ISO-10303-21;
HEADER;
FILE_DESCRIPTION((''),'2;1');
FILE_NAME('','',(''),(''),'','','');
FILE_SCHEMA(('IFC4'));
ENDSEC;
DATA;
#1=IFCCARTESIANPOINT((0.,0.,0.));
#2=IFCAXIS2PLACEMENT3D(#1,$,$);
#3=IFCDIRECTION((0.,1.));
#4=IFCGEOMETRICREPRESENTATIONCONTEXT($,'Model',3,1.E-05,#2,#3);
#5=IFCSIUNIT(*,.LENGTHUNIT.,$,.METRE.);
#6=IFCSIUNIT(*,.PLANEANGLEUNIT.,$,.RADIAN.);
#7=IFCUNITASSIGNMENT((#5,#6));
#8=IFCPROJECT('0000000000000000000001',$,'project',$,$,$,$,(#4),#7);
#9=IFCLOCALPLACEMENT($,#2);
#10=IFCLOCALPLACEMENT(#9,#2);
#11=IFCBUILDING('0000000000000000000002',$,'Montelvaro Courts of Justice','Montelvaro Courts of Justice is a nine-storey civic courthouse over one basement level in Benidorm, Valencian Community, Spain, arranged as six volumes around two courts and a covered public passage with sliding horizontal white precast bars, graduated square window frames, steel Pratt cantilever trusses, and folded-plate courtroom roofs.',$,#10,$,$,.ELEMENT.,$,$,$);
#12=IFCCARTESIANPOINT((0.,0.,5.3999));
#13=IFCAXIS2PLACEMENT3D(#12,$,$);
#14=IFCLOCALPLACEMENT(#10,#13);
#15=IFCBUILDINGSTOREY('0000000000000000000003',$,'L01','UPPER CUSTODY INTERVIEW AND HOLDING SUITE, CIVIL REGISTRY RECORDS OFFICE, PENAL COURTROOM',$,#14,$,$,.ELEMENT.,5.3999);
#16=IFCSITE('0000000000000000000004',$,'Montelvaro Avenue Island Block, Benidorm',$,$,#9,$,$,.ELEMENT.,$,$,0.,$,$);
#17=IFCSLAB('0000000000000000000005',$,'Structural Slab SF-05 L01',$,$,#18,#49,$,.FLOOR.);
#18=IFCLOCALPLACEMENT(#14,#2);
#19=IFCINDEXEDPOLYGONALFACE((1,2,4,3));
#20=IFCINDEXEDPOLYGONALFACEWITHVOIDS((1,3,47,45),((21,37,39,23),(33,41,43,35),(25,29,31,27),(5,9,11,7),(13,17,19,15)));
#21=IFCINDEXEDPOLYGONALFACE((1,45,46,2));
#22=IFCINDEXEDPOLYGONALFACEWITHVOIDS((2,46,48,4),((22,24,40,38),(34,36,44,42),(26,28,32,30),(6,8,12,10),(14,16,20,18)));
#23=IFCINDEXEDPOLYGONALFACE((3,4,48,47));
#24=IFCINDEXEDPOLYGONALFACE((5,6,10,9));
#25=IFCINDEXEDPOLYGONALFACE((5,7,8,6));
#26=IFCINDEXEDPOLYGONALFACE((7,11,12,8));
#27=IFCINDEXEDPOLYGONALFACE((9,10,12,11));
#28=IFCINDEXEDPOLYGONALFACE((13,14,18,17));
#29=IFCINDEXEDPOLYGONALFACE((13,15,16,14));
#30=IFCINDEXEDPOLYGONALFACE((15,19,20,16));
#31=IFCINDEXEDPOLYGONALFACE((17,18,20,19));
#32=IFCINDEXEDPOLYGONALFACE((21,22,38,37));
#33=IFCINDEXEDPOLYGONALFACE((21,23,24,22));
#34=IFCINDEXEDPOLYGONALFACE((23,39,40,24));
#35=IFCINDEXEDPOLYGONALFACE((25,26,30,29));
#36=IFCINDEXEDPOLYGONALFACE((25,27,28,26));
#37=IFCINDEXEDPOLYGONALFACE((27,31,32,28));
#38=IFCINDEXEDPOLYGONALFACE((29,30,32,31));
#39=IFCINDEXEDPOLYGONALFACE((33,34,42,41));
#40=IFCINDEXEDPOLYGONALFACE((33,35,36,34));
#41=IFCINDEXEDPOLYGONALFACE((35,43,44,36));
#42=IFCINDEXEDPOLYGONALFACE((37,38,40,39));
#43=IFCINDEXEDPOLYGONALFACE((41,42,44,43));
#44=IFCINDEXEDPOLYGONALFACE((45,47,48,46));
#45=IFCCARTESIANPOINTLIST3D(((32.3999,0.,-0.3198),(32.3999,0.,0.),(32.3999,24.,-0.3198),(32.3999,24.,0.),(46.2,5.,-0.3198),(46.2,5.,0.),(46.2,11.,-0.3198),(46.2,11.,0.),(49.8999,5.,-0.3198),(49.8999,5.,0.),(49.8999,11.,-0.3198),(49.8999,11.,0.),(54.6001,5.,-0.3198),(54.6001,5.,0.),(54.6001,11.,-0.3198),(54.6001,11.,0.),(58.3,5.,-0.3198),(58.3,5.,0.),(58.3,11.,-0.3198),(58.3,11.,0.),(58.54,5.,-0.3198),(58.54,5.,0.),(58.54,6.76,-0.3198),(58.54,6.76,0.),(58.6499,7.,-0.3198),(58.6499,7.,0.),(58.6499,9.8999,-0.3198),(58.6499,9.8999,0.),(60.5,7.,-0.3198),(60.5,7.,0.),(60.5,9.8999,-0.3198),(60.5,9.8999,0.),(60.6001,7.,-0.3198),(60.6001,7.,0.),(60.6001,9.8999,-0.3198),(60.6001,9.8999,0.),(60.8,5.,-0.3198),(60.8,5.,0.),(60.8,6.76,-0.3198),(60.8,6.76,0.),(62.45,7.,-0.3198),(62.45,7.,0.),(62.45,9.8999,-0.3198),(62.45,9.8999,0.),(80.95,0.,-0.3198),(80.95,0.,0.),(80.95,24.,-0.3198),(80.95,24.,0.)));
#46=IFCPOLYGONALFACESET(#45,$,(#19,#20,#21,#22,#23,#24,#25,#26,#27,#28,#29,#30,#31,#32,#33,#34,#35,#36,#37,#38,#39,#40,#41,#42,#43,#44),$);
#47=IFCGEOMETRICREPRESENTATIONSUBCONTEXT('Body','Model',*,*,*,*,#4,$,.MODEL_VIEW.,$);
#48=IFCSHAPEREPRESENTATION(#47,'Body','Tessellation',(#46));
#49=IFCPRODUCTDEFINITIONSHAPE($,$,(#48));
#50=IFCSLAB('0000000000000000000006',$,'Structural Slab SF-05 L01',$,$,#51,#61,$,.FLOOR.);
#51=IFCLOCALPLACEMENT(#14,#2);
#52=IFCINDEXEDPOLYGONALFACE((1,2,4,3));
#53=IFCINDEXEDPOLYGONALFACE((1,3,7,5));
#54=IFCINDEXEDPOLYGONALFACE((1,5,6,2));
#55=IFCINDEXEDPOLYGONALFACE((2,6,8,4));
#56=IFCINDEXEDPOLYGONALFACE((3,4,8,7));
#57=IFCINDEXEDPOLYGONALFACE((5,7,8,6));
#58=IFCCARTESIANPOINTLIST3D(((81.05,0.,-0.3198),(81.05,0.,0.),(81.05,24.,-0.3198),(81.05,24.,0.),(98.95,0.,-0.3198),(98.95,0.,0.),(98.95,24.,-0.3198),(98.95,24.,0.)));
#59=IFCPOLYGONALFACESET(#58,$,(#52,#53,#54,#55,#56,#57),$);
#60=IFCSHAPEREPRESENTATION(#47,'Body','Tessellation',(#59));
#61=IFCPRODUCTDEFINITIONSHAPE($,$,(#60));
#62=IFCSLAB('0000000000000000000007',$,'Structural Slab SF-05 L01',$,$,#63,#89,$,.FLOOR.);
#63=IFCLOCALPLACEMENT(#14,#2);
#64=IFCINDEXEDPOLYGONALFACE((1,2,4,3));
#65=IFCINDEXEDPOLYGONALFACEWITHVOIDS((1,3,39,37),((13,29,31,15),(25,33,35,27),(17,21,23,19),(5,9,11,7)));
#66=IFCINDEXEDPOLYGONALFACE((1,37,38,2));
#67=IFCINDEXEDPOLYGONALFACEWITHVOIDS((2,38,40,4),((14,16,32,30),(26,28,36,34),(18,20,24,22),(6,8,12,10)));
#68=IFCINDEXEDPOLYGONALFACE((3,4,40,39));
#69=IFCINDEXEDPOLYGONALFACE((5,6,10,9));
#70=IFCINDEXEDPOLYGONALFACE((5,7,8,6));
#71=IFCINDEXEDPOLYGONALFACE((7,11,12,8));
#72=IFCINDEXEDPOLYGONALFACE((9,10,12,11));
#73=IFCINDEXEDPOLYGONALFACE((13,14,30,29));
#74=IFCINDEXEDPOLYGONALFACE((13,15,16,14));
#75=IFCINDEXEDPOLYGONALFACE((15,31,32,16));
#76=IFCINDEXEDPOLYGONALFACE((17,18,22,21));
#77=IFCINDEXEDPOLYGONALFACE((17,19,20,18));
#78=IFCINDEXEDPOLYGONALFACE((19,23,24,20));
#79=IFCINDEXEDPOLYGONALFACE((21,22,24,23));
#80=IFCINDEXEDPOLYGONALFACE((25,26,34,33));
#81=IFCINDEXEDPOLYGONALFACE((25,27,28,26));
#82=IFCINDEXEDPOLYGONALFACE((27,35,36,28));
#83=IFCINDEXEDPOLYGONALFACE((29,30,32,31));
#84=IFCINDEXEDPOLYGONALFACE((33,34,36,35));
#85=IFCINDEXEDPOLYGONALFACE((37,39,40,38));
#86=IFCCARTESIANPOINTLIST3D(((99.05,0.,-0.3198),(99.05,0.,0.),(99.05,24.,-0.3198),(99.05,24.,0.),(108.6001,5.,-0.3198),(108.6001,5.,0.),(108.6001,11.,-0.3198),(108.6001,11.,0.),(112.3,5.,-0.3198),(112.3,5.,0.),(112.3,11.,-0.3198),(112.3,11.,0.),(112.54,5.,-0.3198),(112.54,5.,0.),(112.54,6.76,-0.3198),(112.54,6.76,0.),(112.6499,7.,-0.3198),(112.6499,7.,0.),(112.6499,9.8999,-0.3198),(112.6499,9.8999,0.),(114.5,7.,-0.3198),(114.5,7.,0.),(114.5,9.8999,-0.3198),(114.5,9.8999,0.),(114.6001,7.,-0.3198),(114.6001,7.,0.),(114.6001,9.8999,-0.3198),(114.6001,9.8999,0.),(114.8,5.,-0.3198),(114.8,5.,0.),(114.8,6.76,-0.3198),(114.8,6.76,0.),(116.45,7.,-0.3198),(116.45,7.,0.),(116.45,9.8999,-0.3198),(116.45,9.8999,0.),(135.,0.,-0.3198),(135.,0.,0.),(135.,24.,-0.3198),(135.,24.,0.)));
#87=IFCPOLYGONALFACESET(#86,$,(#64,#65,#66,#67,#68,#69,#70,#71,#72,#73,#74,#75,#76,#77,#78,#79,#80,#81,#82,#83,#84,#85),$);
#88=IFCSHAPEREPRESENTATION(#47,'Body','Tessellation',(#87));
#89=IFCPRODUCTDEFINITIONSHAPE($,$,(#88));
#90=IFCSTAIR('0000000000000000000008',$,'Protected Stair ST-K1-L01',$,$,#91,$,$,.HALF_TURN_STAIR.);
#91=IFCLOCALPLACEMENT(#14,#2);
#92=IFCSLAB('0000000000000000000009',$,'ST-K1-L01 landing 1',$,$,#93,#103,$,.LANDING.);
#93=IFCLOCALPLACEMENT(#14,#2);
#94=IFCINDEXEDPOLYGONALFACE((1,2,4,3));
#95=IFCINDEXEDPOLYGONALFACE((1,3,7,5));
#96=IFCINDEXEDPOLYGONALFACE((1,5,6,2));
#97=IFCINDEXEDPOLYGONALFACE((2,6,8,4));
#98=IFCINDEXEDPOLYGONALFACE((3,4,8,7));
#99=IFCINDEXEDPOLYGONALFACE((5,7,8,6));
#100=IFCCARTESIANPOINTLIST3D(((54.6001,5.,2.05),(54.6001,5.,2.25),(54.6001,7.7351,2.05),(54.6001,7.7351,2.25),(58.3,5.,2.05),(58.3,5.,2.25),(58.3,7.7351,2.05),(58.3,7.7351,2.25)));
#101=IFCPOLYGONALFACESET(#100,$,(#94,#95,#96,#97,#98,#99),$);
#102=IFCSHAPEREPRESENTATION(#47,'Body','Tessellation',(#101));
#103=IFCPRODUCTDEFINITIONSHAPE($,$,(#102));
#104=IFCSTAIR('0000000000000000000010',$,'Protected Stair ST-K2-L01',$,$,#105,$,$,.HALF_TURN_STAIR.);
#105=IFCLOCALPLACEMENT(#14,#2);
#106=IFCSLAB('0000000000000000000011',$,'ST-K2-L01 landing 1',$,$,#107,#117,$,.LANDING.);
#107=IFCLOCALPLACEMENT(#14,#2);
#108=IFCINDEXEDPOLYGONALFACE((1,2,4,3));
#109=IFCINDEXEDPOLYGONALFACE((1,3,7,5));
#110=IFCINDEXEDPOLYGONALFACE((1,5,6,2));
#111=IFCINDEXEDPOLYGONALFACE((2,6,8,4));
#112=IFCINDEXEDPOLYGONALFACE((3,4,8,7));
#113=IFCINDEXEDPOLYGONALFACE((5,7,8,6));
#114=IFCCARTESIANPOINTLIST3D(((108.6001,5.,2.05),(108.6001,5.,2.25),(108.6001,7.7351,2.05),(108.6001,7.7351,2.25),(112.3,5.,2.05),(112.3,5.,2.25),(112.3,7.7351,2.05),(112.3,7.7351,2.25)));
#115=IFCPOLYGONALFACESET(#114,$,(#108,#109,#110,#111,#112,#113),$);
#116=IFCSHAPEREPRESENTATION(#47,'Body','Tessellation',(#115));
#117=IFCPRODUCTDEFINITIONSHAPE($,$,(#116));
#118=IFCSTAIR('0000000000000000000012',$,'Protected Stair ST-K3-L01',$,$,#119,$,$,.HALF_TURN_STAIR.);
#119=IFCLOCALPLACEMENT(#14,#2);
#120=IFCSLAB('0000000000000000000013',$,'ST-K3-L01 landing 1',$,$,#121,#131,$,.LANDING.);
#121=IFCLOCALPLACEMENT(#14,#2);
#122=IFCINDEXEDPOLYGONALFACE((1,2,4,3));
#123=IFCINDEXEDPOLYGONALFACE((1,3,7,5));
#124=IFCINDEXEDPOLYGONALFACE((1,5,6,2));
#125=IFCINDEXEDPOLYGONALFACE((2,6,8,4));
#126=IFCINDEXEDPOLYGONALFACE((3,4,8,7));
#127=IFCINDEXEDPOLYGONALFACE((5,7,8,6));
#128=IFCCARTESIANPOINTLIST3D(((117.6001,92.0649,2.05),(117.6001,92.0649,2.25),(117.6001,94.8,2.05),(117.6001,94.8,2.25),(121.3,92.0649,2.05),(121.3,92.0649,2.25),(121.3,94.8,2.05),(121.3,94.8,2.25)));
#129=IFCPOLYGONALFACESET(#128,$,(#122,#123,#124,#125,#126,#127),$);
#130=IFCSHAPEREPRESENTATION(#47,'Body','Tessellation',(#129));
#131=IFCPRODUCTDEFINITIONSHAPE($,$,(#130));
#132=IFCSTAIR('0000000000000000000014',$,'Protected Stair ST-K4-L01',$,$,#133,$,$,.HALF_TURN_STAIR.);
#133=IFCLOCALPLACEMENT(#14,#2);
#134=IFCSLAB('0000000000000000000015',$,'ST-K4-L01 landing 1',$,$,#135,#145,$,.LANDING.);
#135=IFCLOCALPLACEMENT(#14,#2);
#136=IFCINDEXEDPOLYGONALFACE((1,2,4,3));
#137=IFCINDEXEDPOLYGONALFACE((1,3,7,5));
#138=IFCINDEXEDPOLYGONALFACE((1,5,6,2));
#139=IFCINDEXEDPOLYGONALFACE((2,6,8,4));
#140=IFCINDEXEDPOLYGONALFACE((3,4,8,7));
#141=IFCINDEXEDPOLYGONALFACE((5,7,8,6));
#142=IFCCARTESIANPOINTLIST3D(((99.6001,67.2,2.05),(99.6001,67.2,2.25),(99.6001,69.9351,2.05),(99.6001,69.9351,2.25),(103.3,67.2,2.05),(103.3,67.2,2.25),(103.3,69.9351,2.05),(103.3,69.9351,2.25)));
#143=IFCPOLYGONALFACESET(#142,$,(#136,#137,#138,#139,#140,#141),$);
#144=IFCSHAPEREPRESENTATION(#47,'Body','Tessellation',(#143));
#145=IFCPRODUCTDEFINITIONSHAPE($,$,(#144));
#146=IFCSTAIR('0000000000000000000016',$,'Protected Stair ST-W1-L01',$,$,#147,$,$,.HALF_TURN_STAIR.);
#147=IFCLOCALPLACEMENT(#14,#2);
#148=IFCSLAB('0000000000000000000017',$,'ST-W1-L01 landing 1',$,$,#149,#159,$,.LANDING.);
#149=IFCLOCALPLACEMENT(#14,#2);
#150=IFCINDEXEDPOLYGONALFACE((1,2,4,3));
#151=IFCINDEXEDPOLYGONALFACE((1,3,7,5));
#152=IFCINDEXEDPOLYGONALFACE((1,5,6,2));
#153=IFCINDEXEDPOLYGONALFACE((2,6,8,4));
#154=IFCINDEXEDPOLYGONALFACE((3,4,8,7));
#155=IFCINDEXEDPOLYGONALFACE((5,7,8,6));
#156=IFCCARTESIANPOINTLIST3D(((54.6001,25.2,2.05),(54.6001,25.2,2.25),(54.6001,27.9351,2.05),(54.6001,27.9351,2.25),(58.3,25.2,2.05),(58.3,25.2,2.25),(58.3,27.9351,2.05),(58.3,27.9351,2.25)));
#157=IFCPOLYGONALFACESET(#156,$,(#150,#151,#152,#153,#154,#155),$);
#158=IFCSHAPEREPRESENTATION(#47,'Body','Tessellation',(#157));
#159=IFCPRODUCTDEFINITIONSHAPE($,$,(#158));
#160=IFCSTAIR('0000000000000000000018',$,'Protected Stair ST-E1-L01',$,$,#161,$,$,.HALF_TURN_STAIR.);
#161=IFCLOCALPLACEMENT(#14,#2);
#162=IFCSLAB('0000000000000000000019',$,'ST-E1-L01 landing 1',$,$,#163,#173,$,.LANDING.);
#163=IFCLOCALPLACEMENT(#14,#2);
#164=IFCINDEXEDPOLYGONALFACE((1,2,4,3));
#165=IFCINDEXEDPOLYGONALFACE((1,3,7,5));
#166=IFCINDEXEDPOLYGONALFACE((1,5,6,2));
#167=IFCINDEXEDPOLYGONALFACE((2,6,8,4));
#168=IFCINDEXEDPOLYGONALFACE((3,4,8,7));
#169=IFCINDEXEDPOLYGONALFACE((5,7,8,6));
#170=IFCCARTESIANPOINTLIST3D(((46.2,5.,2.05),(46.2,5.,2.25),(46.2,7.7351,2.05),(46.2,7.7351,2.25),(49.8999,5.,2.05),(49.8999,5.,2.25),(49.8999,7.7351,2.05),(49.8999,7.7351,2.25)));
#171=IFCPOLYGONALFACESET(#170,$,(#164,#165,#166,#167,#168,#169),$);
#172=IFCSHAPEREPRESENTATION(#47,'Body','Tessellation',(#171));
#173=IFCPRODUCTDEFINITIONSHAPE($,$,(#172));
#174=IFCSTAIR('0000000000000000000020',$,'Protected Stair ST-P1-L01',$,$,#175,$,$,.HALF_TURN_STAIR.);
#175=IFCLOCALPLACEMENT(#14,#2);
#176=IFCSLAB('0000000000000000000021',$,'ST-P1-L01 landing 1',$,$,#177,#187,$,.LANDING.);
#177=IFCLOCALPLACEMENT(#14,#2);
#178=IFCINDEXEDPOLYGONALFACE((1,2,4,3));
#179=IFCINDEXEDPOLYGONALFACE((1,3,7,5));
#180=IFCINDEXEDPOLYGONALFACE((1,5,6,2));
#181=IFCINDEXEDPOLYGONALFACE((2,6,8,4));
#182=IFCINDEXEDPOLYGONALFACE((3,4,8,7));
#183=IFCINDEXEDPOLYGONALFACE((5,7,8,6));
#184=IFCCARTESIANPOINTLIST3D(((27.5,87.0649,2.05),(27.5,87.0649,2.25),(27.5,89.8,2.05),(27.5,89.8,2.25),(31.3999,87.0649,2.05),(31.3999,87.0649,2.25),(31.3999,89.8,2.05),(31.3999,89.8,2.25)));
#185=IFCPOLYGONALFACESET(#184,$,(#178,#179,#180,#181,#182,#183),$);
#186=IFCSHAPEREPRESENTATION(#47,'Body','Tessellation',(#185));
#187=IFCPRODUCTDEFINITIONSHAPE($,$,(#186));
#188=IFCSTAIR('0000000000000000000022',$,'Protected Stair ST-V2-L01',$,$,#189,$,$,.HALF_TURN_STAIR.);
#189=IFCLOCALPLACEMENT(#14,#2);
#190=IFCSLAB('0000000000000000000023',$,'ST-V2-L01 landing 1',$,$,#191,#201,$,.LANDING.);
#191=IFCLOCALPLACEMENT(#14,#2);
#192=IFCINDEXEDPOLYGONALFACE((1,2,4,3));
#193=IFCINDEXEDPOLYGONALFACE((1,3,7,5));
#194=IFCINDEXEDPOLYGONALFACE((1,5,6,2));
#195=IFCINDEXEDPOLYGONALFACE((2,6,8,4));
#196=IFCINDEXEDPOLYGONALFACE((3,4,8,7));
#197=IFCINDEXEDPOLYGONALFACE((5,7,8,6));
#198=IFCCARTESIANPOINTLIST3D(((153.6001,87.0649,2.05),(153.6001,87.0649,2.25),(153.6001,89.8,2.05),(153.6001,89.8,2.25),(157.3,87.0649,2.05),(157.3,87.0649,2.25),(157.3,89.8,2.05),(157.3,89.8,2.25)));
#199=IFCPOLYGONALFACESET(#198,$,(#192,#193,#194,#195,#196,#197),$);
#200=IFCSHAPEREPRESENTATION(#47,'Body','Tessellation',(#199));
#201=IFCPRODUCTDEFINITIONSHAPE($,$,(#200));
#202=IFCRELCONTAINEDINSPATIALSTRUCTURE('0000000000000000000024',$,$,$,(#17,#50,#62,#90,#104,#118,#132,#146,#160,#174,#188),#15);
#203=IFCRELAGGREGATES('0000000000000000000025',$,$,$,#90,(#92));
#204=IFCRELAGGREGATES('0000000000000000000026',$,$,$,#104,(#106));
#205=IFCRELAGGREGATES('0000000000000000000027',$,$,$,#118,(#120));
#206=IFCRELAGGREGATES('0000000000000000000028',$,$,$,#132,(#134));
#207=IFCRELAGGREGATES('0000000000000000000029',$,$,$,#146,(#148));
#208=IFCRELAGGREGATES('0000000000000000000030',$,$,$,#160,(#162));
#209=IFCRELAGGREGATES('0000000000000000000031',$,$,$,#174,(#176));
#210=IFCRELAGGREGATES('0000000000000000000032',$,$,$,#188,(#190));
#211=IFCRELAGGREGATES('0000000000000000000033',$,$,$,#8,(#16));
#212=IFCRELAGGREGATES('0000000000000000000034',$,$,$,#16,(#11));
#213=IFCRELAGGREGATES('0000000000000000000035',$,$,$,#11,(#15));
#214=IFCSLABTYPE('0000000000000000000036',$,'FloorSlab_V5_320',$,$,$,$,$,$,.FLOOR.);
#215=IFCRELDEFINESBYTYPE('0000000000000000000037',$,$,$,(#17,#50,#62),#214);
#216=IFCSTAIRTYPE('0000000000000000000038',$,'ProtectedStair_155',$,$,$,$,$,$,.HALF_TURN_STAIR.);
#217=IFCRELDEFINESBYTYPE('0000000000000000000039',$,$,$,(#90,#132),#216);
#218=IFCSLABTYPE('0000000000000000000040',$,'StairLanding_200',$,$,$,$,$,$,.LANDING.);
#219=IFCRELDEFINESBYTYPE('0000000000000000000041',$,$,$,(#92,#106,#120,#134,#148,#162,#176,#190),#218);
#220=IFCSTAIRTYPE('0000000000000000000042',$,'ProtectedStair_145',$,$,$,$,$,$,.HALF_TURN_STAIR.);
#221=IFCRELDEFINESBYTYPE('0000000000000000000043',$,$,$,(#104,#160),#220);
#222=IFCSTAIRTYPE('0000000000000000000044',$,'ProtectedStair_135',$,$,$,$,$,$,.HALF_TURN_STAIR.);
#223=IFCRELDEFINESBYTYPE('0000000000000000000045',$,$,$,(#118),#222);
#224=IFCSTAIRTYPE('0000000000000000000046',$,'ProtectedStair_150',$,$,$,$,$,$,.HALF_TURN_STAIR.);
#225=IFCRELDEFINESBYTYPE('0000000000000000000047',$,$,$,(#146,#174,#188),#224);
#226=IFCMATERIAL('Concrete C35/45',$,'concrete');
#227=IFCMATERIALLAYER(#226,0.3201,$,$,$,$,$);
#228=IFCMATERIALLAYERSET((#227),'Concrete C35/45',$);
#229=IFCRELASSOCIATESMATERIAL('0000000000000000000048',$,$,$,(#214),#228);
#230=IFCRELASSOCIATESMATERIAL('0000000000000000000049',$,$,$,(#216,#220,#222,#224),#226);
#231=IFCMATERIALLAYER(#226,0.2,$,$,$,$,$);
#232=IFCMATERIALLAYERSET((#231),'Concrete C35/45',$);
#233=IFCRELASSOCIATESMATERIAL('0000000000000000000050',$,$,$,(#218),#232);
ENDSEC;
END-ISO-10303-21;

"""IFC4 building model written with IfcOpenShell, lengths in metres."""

from ifc_helpers import new_model, si_unit, direction, frame, origin, place, context, subcontext, project, spatial, polyline, outline, extrude, material, layer, layer_set, type_object, element, aggregate, save


model = new_model("IFC4")

# Units and contexts
model_context = context("Model", 3, precision=1e-05, world=origin(), true_north=direction((0.0, 1.0)))
body_context = subcontext(model_context, "Body", "Model", "MODEL_VIEW")
ifc_project = project(units=[si_unit("LENGTHUNIT", "METRE"), si_unit("PLANEANGLEUNIT", "RADIAN")], contexts=[model_context])

# Site, building, storey
site_placement = place(None, origin())
site = spatial("IfcSite", under=ifc_project, at=site_placement, Name="Montelvaro Avenue Island Block, Benidorm", CompositionType="ELEMENT", RefElevation=0.0)
building_placement = place(site_placement, origin())
building = spatial("IfcBuilding", under=site, at=building_placement, Name="Montelvaro Courts of Justice", Description="Montelvaro Courts of Justice is a nine-storey civic courthouse over one basement level in Benidorm, Valencian Community, Spain, arranged as six volumes around two courts and a covered public passage with sliding horizontal white precast bars, graduated square window frames, steel Pratt cantilever trusses, and folded-plate courtroom roofs.", CompositionType="ELEMENT")
storey_placement = place(building_placement, frame((0.0, 0.0, 5.3999)))
storey = spatial("IfcBuildingStorey", under=building, at=storey_placement, Name="L01", Description="UPPER CUSTODY INTERVIEW AND HOLDING SUITE, CIVIL REGISTRY RECORDS OFFICE, PENAL COURTROOM", CompositionType="ELEMENT", Elevation=5.3999)

# Slabs
ifc_material_1 = material(Name="Concrete C35/45", Category="concrete")
ifc_layer_1 = layer(ifc_material_1, 0.3201)
ifc_layer_set_1 = layer_set([ifc_layer_1], Name="Concrete C35/45")
slab_type_1 = type_object("IfcSlabType", Name="FloorSlab_V5_320", PredefinedType="FLOOR", material=ifc_layer_set_1)
slab_1_placement = place(storey_placement, frame((0.0, 0.0, -0.3198)))
element("IfcSlab", 1, at=slab_1_placement, inside=storey, type_object=slab_type_1, Name="Structural Slab SF-05 L01", PredefinedType="FLOOR", context=body_context, shape_type="SweptSolid", body=[
    extrude(outline(polyline([(32.3999, 0.0), (80.95, 0.0), (80.95, 24.0), (32.3999, 24.0), (32.3999, 0.0)]), holes=[polyline([(54.6001, 5.0), (58.3, 5.0), (58.3, 11.0), (54.6001, 11.0), (54.6001, 5.0)]), polyline([(58.54, 5.0), (60.8, 5.0), (60.8, 6.76), (58.54, 6.76), (58.54, 5.0)]), polyline([(58.6499, 7.0), (60.5, 7.0), (60.5, 9.8999), (58.6499, 9.8999), (58.6499, 7.0)]), polyline([(60.6001, 7.0), (62.45, 7.0), (62.45, 9.8999), (60.6001, 9.8999), (60.6001, 7.0)]), polyline([(46.2, 5.0), (49.8999, 5.0), (49.8999, 11.0), (46.2, 11.0), (46.2, 5.0)])]), origin(), (0.0, 0.0, 1.0), 0.3198),
])
slab_2_placement = place(storey_placement, frame((0.0, 0.0, -0.3198)))
element("IfcSlab", 2, at=slab_2_placement, inside=storey, type_object=slab_type_1, Name="Structural Slab SF-05 L01", PredefinedType="FLOOR", context=body_context, shape_type="SweptSolid", body=[
    extrude(outline(polyline([(81.05, 0.0), (98.95, 0.0), (98.95, 24.0), (81.05, 24.0), (81.05, 0.0)])), origin(), (0.0, 0.0, 1.0), 0.3198),
])
slab_3_placement = place(storey_placement, frame((0.0, 0.0, -0.3198)))
element("IfcSlab", 3, at=slab_3_placement, inside=storey, type_object=slab_type_1, Name="Structural Slab SF-05 L01", PredefinedType="FLOOR", context=body_context, shape_type="SweptSolid", body=[
    extrude(outline(polyline([(99.05, 0.0), (135.0, 0.0), (135.0, 24.0), (99.05, 24.0), (99.05, 0.0)]), holes=[polyline([(108.6001, 5.0), (112.3, 5.0), (112.3, 11.0), (108.6001, 11.0), (108.6001, 5.0)]), polyline([(112.54, 5.0), (114.8, 5.0), (114.8, 6.76), (112.54, 6.76), (112.54, 5.0)]), polyline([(112.6499, 7.0), (114.5, 7.0), (114.5, 9.8999), (112.6499, 9.8999), (112.6499, 7.0)]), polyline([(114.6001, 7.0), (116.45, 7.0), (116.45, 9.8999), (114.6001, 9.8999), (114.6001, 7.0)])]), origin(), (0.0, 0.0, 1.0), 0.3198),
])

# Stairs, slabs
stair_type_1 = type_object("IfcStairType", Name="ProtectedStair_155", PredefinedType="HALF_TURN_STAIR", material=ifc_material_1)
stair_1_placement = place(storey_placement, origin())
stair_1 = element("IfcStair", 4, at=stair_1_placement, inside=storey, type_object=stair_type_1, Name="Protected Stair ST-K1-L01", PredefinedType="HALF_TURN_STAIR")
ifc_layer_2 = layer(ifc_material_1, 0.2)
ifc_layer_set_2 = layer_set([ifc_layer_2], Name="Concrete C35/45")
slab_type_2 = type_object("IfcSlabType", Name="StairLanding_200", PredefinedType="LANDING", material=ifc_layer_set_2)
slab_4_placement = place(storey_placement, frame((0.0, 0.0, 2.05)))
slab_4 = element("IfcSlab", 5, at=slab_4_placement, type_object=slab_type_2, Name="ST-K1-L01 landing 1", PredefinedType="LANDING", context=body_context, shape_type="SweptSolid", body=[
    extrude(outline(polyline([(54.6001, 5.0), (58.3, 5.0), (58.3, 7.7351), (54.6001, 7.7351), (54.6001, 5.0)])), origin(), (0.0, 0.0, 1.0), 0.2),
])
aggregate(stair_1, [slab_4])
stair_type_2 = type_object("IfcStairType", Name="ProtectedStair_145", PredefinedType="HALF_TURN_STAIR", material=ifc_material_1)
stair_2_placement = place(storey_placement, origin())
stair_2 = element("IfcStair", 6, at=stair_2_placement, inside=storey, type_object=stair_type_2, Name="Protected Stair ST-K2-L01", PredefinedType="HALF_TURN_STAIR")
slab_5_placement = place(storey_placement, frame((0.0, 0.0, 2.05)))
slab_5 = element("IfcSlab", 7, at=slab_5_placement, type_object=slab_type_2, Name="ST-K2-L01 landing 1", PredefinedType="LANDING", context=body_context, shape_type="SweptSolid", body=[
    extrude(outline(polyline([(108.6001, 5.0), (112.3, 5.0), (112.3, 7.7351), (108.6001, 7.7351), (108.6001, 5.0)])), origin(), (0.0, 0.0, 1.0), 0.2),
])
aggregate(stair_2, [slab_5])
stair_type_3 = type_object("IfcStairType", Name="ProtectedStair_135", PredefinedType="HALF_TURN_STAIR", material=ifc_material_1)
stair_3_placement = place(storey_placement, origin())
stair_3 = element("IfcStair", 8, at=stair_3_placement, inside=storey, type_object=stair_type_3, Name="Protected Stair ST-K3-L01", PredefinedType="HALF_TURN_STAIR")
slab_6_placement = place(storey_placement, frame((0.0, 0.0, 2.05)))
slab_6 = element("IfcSlab", 9, at=slab_6_placement, type_object=slab_type_2, Name="ST-K3-L01 landing 1", PredefinedType="LANDING", context=body_context, shape_type="SweptSolid", body=[
    extrude(outline(polyline([(117.6001, 92.0649), (121.3, 92.0649), (121.3, 94.8), (117.6001, 94.8), (117.6001, 92.0649)])), origin(), (0.0, 0.0, 1.0), 0.2),
])
aggregate(stair_3, [slab_6])
stair_4_placement = place(storey_placement, origin())
stair_4 = element("IfcStair", 10, at=stair_4_placement, inside=storey, type_object=stair_type_1, Name="Protected Stair ST-K4-L01", PredefinedType="HALF_TURN_STAIR")
slab_7_placement = place(storey_placement, frame((0.0, 0.0, 2.05)))
slab_7 = element("IfcSlab", 11, at=slab_7_placement, type_object=slab_type_2, Name="ST-K4-L01 landing 1", PredefinedType="LANDING", context=body_context, shape_type="SweptSolid", body=[
    extrude(outline(polyline([(99.6001, 67.2), (103.3, 67.2), (103.3, 69.9351), (99.6001, 69.9351), (99.6001, 67.2)])), origin(), (0.0, 0.0, 1.0), 0.2),
])
aggregate(stair_4, [slab_7])
stair_type_4 = type_object("IfcStairType", Name="ProtectedStair_150", PredefinedType="HALF_TURN_STAIR", material=ifc_material_1)
stair_5_placement = place(storey_placement, origin())
stair_5 = element("IfcStair", 12, at=stair_5_placement, inside=storey, type_object=stair_type_4, Name="Protected Stair ST-W1-L01", PredefinedType="HALF_TURN_STAIR")
slab_8_placement = place(storey_placement, frame((0.0, 0.0, 2.05)))
slab_8 = element("IfcSlab", 13, at=slab_8_placement, type_object=slab_type_2, Name="ST-W1-L01 landing 1", PredefinedType="LANDING", context=body_context, shape_type="SweptSolid", body=[
    extrude(outline(polyline([(54.6001, 25.2), (58.3, 25.2), (58.3, 27.9351), (54.6001, 27.9351), (54.6001, 25.2)])), origin(), (0.0, 0.0, 1.0), 0.2),
])
aggregate(stair_5, [slab_8])
stair_6_placement = place(storey_placement, origin())
stair_6 = element("IfcStair", 14, at=stair_6_placement, inside=storey, type_object=stair_type_2, Name="Protected Stair ST-E1-L01", PredefinedType="HALF_TURN_STAIR")
slab_9_placement = place(storey_placement, frame((0.0, 0.0, 2.05)))
slab_9 = element("IfcSlab", 15, at=slab_9_placement, type_object=slab_type_2, Name="ST-E1-L01 landing 1", PredefinedType="LANDING", context=body_context, shape_type="SweptSolid", body=[
    extrude(outline(polyline([(46.2, 5.0), (49.8999, 5.0), (49.8999, 7.7351), (46.2, 7.7351), (46.2, 5.0)])), origin(), (0.0, 0.0, 1.0), 0.2),
])
aggregate(stair_6, [slab_9])
stair_7_placement = place(storey_placement, origin())
stair_7 = element("IfcStair", 16, at=stair_7_placement, inside=storey, type_object=stair_type_4, Name="Protected Stair ST-P1-L01", PredefinedType="HALF_TURN_STAIR")
slab_10_placement = place(storey_placement, frame((0.0, 0.0, 2.05)))
slab_10 = element("IfcSlab", 17, at=slab_10_placement, type_object=slab_type_2, Name="ST-P1-L01 landing 1", PredefinedType="LANDING", context=body_context, shape_type="SweptSolid", body=[
    extrude(outline(polyline([(27.5, 87.0649), (31.3999, 87.0649), (31.3999, 89.8), (27.5, 89.8), (27.5, 87.0649)])), origin(), (0.0, 0.0, 1.0), 0.2),
])
aggregate(stair_7, [slab_10])
stair_8_placement = place(storey_placement, origin())
stair_8 = element("IfcStair", 18, at=stair_8_placement, inside=storey, type_object=stair_type_4, Name="Protected Stair ST-V2-L01", PredefinedType="HALF_TURN_STAIR")
slab_11_placement = place(storey_placement, frame((0.0, 0.0, 2.05)))
slab_11 = element("IfcSlab", 19, at=slab_11_placement, type_object=slab_type_2, Name="ST-V2-L01 landing 1", PredefinedType="LANDING", context=body_context, shape_type="SweptSolid", body=[
    extrude(outline(polyline([(153.6001, 87.0649), (157.3, 87.0649), (157.3, 89.8), (153.6001, 89.8), (153.6001, 87.0649)])), origin(), (0.0, 0.0, 1.0), 0.2),
])
aggregate(stair_8, [slab_11])

save(model, "model.ifc")
